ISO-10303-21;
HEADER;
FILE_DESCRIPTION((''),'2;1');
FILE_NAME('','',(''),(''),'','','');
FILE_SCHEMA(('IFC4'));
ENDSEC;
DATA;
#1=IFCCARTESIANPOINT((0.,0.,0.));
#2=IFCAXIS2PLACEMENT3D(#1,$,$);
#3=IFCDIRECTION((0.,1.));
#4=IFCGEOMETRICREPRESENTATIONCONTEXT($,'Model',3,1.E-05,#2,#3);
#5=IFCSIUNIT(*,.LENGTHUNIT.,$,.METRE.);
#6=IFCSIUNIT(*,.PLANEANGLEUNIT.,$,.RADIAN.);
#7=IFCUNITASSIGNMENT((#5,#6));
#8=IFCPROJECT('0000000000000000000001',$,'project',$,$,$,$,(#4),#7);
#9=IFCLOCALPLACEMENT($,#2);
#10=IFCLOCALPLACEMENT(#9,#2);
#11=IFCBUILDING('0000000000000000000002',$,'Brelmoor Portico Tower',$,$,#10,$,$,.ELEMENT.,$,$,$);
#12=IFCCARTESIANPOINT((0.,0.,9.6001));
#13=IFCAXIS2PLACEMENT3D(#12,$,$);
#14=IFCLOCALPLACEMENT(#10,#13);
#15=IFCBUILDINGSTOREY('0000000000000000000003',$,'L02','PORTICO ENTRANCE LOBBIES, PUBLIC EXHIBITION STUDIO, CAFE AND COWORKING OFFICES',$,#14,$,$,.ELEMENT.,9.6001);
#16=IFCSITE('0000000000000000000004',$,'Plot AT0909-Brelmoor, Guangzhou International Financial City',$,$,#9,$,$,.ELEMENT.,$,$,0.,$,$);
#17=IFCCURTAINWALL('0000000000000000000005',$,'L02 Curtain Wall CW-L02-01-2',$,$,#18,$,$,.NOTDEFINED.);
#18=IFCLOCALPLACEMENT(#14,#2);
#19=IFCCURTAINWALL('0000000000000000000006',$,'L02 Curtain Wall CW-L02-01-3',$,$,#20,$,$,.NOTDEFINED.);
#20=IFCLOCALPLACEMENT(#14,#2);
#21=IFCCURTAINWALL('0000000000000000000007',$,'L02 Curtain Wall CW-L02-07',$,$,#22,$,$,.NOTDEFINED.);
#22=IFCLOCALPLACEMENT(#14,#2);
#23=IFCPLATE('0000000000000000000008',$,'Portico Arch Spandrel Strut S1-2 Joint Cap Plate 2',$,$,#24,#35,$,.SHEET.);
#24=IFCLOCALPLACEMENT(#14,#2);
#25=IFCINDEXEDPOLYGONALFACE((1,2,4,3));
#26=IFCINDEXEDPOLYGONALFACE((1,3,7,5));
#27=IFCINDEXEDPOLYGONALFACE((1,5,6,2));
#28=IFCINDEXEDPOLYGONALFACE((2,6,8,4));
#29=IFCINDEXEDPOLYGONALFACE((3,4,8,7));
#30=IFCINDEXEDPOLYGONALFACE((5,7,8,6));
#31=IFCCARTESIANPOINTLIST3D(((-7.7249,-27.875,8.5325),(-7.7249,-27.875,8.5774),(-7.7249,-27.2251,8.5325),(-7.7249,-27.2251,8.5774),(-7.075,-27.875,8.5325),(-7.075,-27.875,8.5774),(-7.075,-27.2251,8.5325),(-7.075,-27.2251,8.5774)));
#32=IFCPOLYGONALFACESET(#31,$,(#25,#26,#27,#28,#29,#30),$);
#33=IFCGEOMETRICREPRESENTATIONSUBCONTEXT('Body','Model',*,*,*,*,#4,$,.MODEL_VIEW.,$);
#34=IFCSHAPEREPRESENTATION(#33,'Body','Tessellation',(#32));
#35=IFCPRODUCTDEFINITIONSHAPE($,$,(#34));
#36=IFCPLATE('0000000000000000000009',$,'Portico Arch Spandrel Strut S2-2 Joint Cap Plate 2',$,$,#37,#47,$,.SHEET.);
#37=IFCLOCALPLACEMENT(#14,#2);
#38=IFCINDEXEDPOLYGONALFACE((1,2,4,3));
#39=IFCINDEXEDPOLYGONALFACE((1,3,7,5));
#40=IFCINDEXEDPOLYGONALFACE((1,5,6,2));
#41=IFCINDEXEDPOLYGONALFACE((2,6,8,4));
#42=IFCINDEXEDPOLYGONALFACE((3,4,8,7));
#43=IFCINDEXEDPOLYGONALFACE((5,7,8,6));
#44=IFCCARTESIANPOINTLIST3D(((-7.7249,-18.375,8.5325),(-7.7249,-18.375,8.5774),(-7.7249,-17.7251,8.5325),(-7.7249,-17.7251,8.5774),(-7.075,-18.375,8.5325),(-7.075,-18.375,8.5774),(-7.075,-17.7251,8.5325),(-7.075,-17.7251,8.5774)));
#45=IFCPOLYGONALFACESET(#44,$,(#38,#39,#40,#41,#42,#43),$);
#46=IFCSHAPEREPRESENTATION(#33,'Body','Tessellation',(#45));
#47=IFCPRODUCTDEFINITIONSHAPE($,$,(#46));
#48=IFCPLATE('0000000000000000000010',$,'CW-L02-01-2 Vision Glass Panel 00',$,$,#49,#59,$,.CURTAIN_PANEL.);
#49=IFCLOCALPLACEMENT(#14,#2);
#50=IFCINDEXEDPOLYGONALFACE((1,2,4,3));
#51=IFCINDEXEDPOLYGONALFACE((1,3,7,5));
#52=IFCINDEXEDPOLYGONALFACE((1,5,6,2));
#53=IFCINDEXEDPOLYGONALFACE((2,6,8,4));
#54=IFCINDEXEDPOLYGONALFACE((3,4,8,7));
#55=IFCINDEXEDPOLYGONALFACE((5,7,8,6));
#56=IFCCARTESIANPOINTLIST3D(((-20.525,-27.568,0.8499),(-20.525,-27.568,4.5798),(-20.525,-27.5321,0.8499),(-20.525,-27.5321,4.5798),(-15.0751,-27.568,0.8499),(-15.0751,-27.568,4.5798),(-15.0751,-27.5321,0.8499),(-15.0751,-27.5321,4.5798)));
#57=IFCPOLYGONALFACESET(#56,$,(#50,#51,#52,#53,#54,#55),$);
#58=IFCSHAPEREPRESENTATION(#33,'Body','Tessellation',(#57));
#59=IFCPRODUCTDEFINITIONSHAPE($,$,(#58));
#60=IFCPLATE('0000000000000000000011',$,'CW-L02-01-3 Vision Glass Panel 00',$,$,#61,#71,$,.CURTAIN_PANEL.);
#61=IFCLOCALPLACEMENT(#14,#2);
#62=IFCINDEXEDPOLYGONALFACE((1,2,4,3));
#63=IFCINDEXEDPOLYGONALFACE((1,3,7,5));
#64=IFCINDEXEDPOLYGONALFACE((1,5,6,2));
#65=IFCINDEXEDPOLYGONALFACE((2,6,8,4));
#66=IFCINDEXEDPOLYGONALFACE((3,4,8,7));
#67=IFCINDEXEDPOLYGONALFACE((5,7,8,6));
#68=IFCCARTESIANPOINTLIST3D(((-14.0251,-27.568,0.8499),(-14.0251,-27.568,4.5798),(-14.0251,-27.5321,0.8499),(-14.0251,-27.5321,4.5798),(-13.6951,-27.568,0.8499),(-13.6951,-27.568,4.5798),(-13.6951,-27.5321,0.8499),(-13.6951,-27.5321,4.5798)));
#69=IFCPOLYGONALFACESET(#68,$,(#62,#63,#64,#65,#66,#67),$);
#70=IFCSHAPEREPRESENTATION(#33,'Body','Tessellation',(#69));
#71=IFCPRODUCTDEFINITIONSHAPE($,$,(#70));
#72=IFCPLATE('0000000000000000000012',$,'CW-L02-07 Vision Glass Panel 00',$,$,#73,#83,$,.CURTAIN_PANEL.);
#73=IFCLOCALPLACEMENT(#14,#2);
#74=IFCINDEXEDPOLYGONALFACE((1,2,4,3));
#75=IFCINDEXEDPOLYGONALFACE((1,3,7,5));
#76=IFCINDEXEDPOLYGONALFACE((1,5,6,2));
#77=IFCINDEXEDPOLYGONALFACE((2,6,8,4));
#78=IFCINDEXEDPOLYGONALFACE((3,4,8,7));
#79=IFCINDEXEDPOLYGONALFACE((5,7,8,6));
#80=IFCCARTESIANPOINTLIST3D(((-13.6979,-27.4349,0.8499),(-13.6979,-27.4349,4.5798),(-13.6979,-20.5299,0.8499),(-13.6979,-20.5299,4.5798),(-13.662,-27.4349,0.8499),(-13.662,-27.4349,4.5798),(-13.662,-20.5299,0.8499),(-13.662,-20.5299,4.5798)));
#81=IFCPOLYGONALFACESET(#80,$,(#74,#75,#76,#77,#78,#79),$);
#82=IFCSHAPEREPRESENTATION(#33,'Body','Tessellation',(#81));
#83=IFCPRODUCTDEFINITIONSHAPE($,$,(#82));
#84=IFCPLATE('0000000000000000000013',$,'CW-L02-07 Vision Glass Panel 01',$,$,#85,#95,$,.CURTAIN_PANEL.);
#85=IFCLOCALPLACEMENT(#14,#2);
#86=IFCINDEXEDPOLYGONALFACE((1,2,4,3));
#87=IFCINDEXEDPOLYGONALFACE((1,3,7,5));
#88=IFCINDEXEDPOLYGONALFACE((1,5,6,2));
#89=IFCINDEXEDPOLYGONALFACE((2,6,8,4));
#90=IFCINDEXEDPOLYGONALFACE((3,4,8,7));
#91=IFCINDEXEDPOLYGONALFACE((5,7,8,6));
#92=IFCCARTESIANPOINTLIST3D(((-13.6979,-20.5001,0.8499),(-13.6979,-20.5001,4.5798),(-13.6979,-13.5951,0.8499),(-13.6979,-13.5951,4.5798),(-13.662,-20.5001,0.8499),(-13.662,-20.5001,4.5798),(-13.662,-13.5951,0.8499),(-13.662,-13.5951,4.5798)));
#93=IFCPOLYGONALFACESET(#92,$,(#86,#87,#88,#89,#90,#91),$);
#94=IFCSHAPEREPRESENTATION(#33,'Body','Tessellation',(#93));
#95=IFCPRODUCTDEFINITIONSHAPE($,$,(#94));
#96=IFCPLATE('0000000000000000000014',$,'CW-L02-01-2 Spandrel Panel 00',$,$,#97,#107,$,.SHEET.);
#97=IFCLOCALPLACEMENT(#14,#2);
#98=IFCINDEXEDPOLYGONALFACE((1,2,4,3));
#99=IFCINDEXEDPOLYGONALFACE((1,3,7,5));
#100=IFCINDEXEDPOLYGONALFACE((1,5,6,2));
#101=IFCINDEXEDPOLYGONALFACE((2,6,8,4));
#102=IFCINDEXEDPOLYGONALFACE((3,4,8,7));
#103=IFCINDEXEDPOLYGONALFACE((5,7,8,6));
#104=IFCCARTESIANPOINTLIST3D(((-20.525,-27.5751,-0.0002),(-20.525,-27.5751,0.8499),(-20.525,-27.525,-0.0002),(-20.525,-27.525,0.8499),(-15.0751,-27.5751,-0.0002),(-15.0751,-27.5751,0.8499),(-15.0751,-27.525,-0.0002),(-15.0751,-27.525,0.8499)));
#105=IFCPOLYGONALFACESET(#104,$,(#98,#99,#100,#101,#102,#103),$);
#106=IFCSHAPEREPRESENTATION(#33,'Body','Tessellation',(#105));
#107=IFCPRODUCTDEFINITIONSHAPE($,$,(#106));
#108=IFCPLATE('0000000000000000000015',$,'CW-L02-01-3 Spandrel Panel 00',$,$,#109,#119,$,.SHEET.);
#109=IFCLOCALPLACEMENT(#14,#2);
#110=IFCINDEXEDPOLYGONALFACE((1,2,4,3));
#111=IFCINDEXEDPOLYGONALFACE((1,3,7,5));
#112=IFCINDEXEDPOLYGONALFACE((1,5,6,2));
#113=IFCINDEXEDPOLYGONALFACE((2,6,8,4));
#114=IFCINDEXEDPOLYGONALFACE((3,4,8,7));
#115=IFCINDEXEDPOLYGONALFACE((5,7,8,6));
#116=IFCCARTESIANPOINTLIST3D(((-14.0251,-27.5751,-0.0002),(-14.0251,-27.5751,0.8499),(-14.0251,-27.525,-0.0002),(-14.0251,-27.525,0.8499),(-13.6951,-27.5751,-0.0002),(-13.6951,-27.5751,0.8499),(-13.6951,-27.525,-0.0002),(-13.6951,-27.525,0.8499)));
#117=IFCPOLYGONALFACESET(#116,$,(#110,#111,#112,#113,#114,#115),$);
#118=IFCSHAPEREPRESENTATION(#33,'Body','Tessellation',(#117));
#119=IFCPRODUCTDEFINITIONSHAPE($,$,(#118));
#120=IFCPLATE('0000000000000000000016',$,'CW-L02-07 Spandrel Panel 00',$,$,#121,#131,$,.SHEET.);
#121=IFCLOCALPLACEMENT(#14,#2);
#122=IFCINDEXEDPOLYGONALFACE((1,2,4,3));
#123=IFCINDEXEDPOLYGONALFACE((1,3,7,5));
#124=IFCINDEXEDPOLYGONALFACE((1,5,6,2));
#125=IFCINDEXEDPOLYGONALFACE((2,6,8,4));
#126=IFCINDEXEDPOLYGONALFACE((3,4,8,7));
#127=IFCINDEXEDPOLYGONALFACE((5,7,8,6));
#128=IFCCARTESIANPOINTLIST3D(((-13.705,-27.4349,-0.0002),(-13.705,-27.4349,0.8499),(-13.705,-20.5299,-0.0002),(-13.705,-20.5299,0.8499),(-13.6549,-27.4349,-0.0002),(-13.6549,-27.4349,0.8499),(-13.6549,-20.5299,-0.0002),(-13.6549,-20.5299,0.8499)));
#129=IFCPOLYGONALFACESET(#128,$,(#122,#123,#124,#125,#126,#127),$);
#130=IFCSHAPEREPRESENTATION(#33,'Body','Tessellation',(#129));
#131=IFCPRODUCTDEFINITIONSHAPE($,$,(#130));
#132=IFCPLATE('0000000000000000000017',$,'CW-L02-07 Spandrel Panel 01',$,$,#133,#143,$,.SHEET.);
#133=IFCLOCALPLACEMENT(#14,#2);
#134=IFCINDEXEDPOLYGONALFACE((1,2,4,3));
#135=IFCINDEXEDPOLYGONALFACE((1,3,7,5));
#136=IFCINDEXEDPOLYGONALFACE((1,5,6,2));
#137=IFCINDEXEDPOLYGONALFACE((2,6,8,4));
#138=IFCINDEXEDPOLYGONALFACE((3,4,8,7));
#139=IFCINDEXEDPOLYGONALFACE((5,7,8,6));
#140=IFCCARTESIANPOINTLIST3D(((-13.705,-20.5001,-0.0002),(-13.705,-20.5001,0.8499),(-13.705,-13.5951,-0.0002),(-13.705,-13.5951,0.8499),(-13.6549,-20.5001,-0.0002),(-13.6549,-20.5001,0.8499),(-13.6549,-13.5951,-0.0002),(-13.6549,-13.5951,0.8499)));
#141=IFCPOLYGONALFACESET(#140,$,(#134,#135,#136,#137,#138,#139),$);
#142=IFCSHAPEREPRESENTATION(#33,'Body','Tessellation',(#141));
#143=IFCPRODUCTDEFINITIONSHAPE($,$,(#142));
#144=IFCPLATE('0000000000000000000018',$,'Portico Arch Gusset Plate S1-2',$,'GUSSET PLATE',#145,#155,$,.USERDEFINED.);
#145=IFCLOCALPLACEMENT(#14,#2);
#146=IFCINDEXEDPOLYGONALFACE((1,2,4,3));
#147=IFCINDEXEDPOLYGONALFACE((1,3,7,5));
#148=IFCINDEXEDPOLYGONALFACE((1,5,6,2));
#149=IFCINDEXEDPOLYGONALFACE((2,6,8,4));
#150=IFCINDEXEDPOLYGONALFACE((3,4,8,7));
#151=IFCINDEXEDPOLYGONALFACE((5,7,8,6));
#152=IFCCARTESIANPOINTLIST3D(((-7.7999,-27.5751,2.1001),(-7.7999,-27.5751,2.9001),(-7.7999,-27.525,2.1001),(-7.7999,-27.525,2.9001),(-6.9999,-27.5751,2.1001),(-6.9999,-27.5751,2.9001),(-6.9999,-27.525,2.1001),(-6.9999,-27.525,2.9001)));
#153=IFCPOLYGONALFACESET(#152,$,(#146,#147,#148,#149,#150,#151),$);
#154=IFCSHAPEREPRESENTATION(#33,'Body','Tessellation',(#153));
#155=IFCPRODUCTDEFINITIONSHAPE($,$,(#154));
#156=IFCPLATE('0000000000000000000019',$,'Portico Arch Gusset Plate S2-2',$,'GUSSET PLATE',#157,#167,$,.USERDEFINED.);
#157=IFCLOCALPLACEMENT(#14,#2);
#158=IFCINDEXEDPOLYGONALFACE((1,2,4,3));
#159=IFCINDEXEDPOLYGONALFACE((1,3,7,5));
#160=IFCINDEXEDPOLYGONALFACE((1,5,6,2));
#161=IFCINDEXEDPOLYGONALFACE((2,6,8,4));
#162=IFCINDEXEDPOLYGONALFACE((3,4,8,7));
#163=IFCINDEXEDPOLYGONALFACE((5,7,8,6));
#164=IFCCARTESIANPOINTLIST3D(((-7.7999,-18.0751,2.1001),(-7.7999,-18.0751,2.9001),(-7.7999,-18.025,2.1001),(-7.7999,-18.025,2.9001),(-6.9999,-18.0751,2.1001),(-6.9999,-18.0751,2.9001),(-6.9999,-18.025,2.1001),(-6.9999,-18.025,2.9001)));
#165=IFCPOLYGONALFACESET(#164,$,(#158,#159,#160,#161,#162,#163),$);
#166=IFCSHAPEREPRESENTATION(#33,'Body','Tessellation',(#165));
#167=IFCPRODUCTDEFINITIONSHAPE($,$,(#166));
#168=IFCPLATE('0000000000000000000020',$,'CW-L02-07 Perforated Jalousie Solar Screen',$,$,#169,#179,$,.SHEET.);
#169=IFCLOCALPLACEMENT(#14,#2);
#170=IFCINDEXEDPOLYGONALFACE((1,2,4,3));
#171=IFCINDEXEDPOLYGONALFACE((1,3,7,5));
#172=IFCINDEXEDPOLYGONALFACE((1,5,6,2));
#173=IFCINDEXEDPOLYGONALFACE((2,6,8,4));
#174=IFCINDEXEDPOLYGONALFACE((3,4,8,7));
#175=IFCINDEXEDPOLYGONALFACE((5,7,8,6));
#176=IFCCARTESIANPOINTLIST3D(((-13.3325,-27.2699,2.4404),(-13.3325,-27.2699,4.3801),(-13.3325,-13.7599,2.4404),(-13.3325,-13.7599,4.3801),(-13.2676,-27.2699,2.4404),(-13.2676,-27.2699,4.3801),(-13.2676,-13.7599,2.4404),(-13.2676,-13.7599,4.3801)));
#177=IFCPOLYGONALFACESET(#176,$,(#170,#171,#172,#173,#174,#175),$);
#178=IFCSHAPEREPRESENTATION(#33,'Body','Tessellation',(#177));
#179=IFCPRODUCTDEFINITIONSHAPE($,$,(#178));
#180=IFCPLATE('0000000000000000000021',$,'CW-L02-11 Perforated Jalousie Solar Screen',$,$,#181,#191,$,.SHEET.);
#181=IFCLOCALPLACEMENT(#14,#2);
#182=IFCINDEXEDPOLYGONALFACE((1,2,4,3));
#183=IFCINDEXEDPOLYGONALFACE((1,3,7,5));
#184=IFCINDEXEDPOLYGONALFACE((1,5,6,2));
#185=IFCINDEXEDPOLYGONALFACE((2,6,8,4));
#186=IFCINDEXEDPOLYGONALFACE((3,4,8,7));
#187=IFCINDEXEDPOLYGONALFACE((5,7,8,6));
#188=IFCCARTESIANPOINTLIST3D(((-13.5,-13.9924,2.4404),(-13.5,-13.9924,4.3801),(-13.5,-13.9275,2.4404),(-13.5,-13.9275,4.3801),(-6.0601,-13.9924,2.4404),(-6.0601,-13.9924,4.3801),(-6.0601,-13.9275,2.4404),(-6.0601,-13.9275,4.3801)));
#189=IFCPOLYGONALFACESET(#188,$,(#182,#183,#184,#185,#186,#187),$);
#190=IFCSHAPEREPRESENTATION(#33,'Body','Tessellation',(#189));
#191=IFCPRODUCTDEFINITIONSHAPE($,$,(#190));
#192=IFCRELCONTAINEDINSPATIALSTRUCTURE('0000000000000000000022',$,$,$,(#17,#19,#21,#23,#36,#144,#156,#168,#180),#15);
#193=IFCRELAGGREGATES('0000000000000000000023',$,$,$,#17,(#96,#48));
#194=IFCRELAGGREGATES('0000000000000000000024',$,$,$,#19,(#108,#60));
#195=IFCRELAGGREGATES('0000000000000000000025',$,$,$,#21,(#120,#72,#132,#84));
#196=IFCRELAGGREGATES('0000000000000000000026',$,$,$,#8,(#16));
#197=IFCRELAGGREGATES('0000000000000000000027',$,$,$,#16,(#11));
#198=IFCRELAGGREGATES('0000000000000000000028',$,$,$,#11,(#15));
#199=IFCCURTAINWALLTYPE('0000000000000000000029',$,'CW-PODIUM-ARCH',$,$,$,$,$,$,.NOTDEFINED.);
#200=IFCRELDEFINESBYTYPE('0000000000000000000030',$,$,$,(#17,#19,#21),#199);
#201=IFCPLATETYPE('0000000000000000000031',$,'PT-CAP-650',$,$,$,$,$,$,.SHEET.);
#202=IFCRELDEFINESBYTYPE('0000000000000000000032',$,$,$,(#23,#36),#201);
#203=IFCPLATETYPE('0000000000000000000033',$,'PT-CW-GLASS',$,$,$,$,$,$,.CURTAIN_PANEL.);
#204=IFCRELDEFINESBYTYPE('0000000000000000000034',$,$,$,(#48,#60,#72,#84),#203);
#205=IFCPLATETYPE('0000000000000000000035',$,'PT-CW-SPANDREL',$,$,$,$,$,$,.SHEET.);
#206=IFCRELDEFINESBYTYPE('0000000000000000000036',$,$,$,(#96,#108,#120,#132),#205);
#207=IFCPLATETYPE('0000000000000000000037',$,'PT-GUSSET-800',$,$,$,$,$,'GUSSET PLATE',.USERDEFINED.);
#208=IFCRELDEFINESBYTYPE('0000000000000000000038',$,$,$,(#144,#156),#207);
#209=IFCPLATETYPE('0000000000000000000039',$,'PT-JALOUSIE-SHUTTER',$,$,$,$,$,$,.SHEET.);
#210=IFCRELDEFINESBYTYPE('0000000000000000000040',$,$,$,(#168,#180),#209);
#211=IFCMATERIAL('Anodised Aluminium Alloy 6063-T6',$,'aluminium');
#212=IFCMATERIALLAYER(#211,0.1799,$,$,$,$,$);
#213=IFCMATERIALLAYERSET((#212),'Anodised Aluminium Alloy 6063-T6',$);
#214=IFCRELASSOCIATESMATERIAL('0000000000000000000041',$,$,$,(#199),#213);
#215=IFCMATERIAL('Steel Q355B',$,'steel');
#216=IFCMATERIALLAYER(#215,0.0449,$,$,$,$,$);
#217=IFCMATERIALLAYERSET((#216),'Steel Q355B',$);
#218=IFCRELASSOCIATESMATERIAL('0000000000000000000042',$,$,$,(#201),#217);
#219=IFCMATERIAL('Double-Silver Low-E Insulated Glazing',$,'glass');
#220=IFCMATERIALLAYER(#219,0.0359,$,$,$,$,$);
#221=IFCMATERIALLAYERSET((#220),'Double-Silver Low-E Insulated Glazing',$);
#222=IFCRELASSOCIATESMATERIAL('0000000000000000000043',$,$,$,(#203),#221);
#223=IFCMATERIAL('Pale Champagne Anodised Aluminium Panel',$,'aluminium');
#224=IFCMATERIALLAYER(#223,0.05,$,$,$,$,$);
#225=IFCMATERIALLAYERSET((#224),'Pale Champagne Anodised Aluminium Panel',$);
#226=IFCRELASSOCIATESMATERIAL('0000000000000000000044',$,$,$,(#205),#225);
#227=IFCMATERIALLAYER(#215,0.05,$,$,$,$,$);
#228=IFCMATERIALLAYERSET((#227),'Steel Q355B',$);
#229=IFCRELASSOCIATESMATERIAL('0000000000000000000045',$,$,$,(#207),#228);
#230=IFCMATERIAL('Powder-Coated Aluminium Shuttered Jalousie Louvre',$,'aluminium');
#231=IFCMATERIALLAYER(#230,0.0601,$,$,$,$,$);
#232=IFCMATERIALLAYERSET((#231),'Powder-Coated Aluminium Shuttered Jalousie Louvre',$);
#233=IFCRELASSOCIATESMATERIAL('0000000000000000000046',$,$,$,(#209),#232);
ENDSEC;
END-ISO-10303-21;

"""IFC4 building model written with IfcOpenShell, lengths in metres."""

from ifc_helpers import new_model, si_unit, direction, frame, origin, origin_2d, place, context, subcontext, project, spatial, rectangle, extrude, material, layer, layer_set, type_object, element, aggregate, save


model = new_model("IFC4")

# Units and contexts
model_context = context("Model", 3, precision=1e-05, world=origin(), true_north=direction((0.0, 1.0)))
body_context = subcontext(model_context, "Body", "Model", "MODEL_VIEW")
ifc_project = project(units=[si_unit("LENGTHUNIT", "METRE"), si_unit("PLANEANGLEUNIT", "RADIAN")], contexts=[model_context])

# Site, building, storey
site_placement = place(None, origin())
site = spatial("IfcSite", under=ifc_project, at=site_placement, Name="Plot AT0909-Brelmoor, Guangzhou International Financial City", CompositionType="ELEMENT", RefElevation=0.0)
building_placement = place(site_placement, origin())
building = spatial("IfcBuilding", under=site, at=building_placement, Name="Brelmoor Portico Tower", CompositionType="ELEMENT")
storey_placement = place(building_placement, frame((0.0, 0.0, 9.6001)))
storey = spatial("IfcBuildingStorey", under=building, at=storey_placement, Name="L02", Description="PORTICO ENTRANCE LOBBIES, PUBLIC EXHIBITION STUDIO, CAFE AND COWORKING OFFICES", CompositionType="ELEMENT", Elevation=9.6001)

# Shared definitions
ifc_material_1 = material(Name="Steel Q355B", Category="steel")

# Curtain wall
ifc_material_2 = material(Name="Anodised Aluminium Alloy 6063-T6", Category="aluminium")
ifc_layer_1 = layer(ifc_material_2, 0.1799)
ifc_layer_set_1 = layer_set([ifc_layer_1], Name="Anodised Aluminium Alloy 6063-T6")
curtain_wall_type = type_object("IfcCurtainWallType", Name="CW-PODIUM-ARCH", PredefinedType="NOTDEFINED", material=ifc_layer_set_1)
curtain_wall_1_placement = place(storey_placement, origin())
curtain_wall_1 = element("IfcCurtainWall", 1, at=curtain_wall_1_placement, inside=storey, type_object=curtain_wall_type, Name="L02 Curtain Wall CW-L02-01-2", PredefinedType="NOTDEFINED")

# Curtain walls
curtain_wall_2_placement = place(storey_placement, origin())
curtain_wall_2 = element("IfcCurtainWall", 2, at=curtain_wall_2_placement, inside=storey, type_object=curtain_wall_type, Name="L02 Curtain Wall CW-L02-01-3", PredefinedType="NOTDEFINED")
curtain_wall_3_placement = place(storey_placement, origin())
curtain_wall_3 = element("IfcCurtainWall", 3, at=curtain_wall_3_placement, inside=storey, type_object=curtain_wall_type, Name="L02 Curtain Wall CW-L02-07", PredefinedType="NOTDEFINED")

# Plates
ifc_layer_2 = layer(ifc_material_1, 0.0449)
ifc_layer_set_2 = layer_set([ifc_layer_2], Name="Steel Q355B")
plate_type_1 = type_object("IfcPlateType", Name="PT-CAP-650", PredefinedType="SHEET", material=ifc_layer_set_2)
for number, where, z_axis, x_axis, name in (
    (4, (-7.3999, -27.55, 8.5325), (0.0, 0.0, 1.0), (1.0, 0.0, 0.0), "Portico Arch Spandrel Strut S1-2 Joint Cap Plate 2"),
    (5, (-7.3999, -18.05, 8.5325), (0.0, 0.0, 1.0), (1.0, 0.0, 0.0), "Portico Arch Spandrel Strut S2-2 Joint Cap Plate 2"),
):
    element("IfcPlate", number, at=place(storey_placement, frame(where, z_axis=z_axis, x_axis=x_axis)), inside=storey, type_object=plate_type_1, Name=name, PredefinedType="SHEET", context=body_context, shape_type="SweptSolid", body=[
        extrude(rectangle(XDim=0.6499, YDim=0.6499, at=origin_2d()), origin(), (0.0, 0.0, 1.0), 0.0449),
    ])

# Plates
ifc_material_3 = material(Name="Double-Silver Low-E Insulated Glazing", Category="glass")
ifc_layer_3 = layer(ifc_material_3, 0.0359)
ifc_layer_set_3 = layer_set([ifc_layer_3], Name="Double-Silver Low-E Insulated Glazing")
plate_type_2 = type_object("IfcPlateType", Name="PT-CW-GLASS", PredefinedType="CURTAIN_PANEL", material=ifc_layer_set_3)
plate_1_placement = place(storey_placement, frame((-17.8, -27.55, 0.8499), z_axis=(0.0, 0.0, 1.0), x_axis=(1.0, 0.0, 0.0)))
plate_1 = element("IfcPlate", 6, at=plate_1_placement, type_object=plate_type_2, Name="CW-L02-01-2 Vision Glass Panel 00", PredefinedType="CURTAIN_PANEL", context=body_context, shape_type="SweptSolid", body=[
    extrude(rectangle(XDim=5.45, YDim=0.0359, at=origin_2d()), origin(), (0.0, 0.0, 1.0), 3.73),
])
plate_2_placement = place(storey_placement, frame((-13.8601, -27.55, 0.8499), z_axis=(0.0, 0.0, 1.0), x_axis=(1.0, 0.0, 0.0)))
plate_2 = element("IfcPlate", 7, at=plate_2_placement, type_object=plate_type_2, Name="CW-L02-01-3 Vision Glass Panel 00", PredefinedType="CURTAIN_PANEL", context=body_context, shape_type="SweptSolid", body=[
    extrude(rectangle(XDim=0.3301, YDim=0.0359, at=origin_2d()), origin(), (0.0, 0.0, 1.0), 3.73),
])
plate_3_placement = place(storey_placement, frame((-13.6799, -23.9824, 0.8499), z_axis=(0.0, 0.0, 1.0), x_axis=(0.0, 1.0, 0.0)))
plate_3 = element("IfcPlate", 8, at=plate_3_placement, type_object=plate_type_2, Name="CW-L02-07 Vision Glass Panel 00", PredefinedType="CURTAIN_PANEL", context=body_context, shape_type="SweptSolid", body=[
    extrude(rectangle(XDim=6.905, YDim=0.0359, at=origin_2d()), origin(), (0.0, 0.0, 1.0), 3.73),
])
plate_4_placement = place(storey_placement, frame((-13.6799, -17.0476, 0.8499), z_axis=(0.0, 0.0, 1.0), x_axis=(0.0, 1.0, 0.0)))
plate_4 = element("IfcPlate", 9, at=plate_4_placement, type_object=plate_type_2, Name="CW-L02-07 Vision Glass Panel 01", PredefinedType="CURTAIN_PANEL", context=body_context, shape_type="SweptSolid", body=[
    extrude(rectangle(XDim=6.905, YDim=0.0359, at=origin_2d()), origin(), (0.0, 0.0, 1.0), 3.73),
])
ifc_material_4 = material(Name="Pale Champagne Anodised Aluminium Panel", Category="aluminium")
ifc_layer_4 = layer(ifc_material_4, 0.05)
ifc_layer_set_4 = layer_set([ifc_layer_4], Name="Pale Champagne Anodised Aluminium Panel")
plate_type_3 = type_object("IfcPlateType", Name="PT-CW-SPANDREL", PredefinedType="SHEET", material=ifc_layer_set_4)
plate_5_placement = place(storey_placement, frame((-17.8, -27.55, -0.0002), z_axis=(0.0, 0.0, 1.0), x_axis=(1.0, 0.0, 0.0)))
plate_5 = element("IfcPlate", 10, at=plate_5_placement, type_object=plate_type_3, Name="CW-L02-01-2 Spandrel Panel 00", PredefinedType="SHEET", context=body_context, shape_type="SweptSolid", body=[
    extrude(rectangle(XDim=5.45, YDim=0.05, at=origin_2d()), origin(), (0.0, 0.0, 1.0), 0.8501),
])
aggregate(curtain_wall_1, [plate_5, plate_1])
plate_6_placement = place(storey_placement, frame((-13.8601, -27.55, -0.0002), z_axis=(0.0, 0.0, 1.0), x_axis=(1.0, 0.0, 0.0)))
plate_6 = element("IfcPlate", 11, at=plate_6_placement, type_object=plate_type_3, Name="CW-L02-01-3 Spandrel Panel 00", PredefinedType="SHEET", context=body_context, shape_type="SweptSolid", body=[
    extrude(rectangle(XDim=0.3301, YDim=0.05, at=origin_2d()), origin(), (0.0, 0.0, 1.0), 0.8501),
])
aggregate(curtain_wall_2, [plate_6, plate_2])
plate_7_placement = place(storey_placement, frame((-13.6799, -23.9824, -0.0002), z_axis=(0.0, 0.0, 1.0), x_axis=(0.0, 1.0, 0.0)))
plate_7 = element("IfcPlate", 12, at=plate_7_placement, type_object=plate_type_3, Name="CW-L02-07 Spandrel Panel 00", PredefinedType="SHEET", context=body_context, shape_type="SweptSolid", body=[
    extrude(rectangle(XDim=6.905, YDim=0.05, at=origin_2d()), origin(), (0.0, 0.0, 1.0), 0.8501),
])
plate_8_placement = place(storey_placement, frame((-13.6799, -17.0476, -0.0002), z_axis=(0.0, 0.0, 1.0), x_axis=(0.0, 1.0, 0.0)))
plate_8 = element("IfcPlate", 13, at=plate_8_placement, type_object=plate_type_3, Name="CW-L02-07 Spandrel Panel 01", PredefinedType="SHEET", context=body_context, shape_type="SweptSolid", body=[
    extrude(rectangle(XDim=6.905, YDim=0.05, at=origin_2d()), origin(), (0.0, 0.0, 1.0), 0.8501),
])
aggregate(curtain_wall_3, [plate_7, plate_3, plate_8, plate_4])

# Plates
ifc_layer_5 = layer(ifc_material_1, 0.05)
ifc_layer_set_5 = layer_set([ifc_layer_5], Name="Steel Q355B")
plate_type_4 = type_object("IfcPlateType", Name="PT-GUSSET-800", ElementType="GUSSET PLATE", PredefinedType="USERDEFINED", material=ifc_layer_set_5)
for number, where, z_axis, x_axis, name in (
    (14, (-7.3999, -27.55, 2.1001), (0.0, 0.0, 1.0), (1.0, 0.0, 0.0), "Portico Arch Gusset Plate S1-2"),
    (15, (-7.3999, -18.05, 2.1001), (0.0, 0.0, 1.0), (1.0, 0.0, 0.0), "Portico Arch Gusset Plate S2-2"),
):
    element("IfcPlate", number, at=place(storey_placement, frame(where, z_axis=z_axis, x_axis=x_axis)), inside=storey, type_object=plate_type_4, Name=name, ObjectType="GUSSET PLATE", PredefinedType="USERDEFINED", context=body_context, shape_type="SweptSolid", body=[
        extrude(rectangle(XDim=0.8, YDim=0.05, at=origin_2d()), origin(), (0.0, 0.0, 1.0), 0.8),
    ])
ifc_material_5 = material(Name="Powder-Coated Aluminium Shuttered Jalousie Louvre", Category="aluminium")
ifc_layer_6 = layer(ifc_material_5, 0.0601)
ifc_layer_set_6 = layer_set([ifc_layer_6], Name="Powder-Coated Aluminium Shuttered Jalousie Louvre")
plate_type_5 = type_object("IfcPlateType", Name="PT-JALOUSIE-SHUTTER", PredefinedType="SHEET", material=ifc_layer_set_6)
plate_9_placement = place(storey_placement, frame((-13.3, -20.5149, 2.4404), z_axis=(0.0, 0.0, 1.0), x_axis=(0.0, 1.0, 0.0)))
element("IfcPlate", 16, at=plate_9_placement, inside=storey, type_object=plate_type_5, Name="CW-L02-07 Perforated Jalousie Solar Screen", PredefinedType="SHEET", context=body_context, shape_type="SweptSolid", body=[
    extrude(rectangle(XDim=13.51, YDim=0.0649, at=origin_2d()), origin(), (0.0, 0.0, 1.0), 1.9397),
])
plate_10_placement = place(storey_placement, frame((-9.78, -13.96, 2.4404), z_axis=(0.0, 0.0, 1.0), x_axis=(1.0, 0.0, 0.0)))
element("IfcPlate", 17, at=plate_10_placement, inside=storey, type_object=plate_type_5, Name="CW-L02-11 Perforated Jalousie Solar Screen", PredefinedType="SHEET", context=body_context, shape_type="SweptSolid", body=[
    extrude(rectangle(XDim=7.4399, YDim=0.0649, at=origin_2d()), origin(), (0.0, 0.0, 1.0), 1.9397),
])

save(model, "model.ifc")
